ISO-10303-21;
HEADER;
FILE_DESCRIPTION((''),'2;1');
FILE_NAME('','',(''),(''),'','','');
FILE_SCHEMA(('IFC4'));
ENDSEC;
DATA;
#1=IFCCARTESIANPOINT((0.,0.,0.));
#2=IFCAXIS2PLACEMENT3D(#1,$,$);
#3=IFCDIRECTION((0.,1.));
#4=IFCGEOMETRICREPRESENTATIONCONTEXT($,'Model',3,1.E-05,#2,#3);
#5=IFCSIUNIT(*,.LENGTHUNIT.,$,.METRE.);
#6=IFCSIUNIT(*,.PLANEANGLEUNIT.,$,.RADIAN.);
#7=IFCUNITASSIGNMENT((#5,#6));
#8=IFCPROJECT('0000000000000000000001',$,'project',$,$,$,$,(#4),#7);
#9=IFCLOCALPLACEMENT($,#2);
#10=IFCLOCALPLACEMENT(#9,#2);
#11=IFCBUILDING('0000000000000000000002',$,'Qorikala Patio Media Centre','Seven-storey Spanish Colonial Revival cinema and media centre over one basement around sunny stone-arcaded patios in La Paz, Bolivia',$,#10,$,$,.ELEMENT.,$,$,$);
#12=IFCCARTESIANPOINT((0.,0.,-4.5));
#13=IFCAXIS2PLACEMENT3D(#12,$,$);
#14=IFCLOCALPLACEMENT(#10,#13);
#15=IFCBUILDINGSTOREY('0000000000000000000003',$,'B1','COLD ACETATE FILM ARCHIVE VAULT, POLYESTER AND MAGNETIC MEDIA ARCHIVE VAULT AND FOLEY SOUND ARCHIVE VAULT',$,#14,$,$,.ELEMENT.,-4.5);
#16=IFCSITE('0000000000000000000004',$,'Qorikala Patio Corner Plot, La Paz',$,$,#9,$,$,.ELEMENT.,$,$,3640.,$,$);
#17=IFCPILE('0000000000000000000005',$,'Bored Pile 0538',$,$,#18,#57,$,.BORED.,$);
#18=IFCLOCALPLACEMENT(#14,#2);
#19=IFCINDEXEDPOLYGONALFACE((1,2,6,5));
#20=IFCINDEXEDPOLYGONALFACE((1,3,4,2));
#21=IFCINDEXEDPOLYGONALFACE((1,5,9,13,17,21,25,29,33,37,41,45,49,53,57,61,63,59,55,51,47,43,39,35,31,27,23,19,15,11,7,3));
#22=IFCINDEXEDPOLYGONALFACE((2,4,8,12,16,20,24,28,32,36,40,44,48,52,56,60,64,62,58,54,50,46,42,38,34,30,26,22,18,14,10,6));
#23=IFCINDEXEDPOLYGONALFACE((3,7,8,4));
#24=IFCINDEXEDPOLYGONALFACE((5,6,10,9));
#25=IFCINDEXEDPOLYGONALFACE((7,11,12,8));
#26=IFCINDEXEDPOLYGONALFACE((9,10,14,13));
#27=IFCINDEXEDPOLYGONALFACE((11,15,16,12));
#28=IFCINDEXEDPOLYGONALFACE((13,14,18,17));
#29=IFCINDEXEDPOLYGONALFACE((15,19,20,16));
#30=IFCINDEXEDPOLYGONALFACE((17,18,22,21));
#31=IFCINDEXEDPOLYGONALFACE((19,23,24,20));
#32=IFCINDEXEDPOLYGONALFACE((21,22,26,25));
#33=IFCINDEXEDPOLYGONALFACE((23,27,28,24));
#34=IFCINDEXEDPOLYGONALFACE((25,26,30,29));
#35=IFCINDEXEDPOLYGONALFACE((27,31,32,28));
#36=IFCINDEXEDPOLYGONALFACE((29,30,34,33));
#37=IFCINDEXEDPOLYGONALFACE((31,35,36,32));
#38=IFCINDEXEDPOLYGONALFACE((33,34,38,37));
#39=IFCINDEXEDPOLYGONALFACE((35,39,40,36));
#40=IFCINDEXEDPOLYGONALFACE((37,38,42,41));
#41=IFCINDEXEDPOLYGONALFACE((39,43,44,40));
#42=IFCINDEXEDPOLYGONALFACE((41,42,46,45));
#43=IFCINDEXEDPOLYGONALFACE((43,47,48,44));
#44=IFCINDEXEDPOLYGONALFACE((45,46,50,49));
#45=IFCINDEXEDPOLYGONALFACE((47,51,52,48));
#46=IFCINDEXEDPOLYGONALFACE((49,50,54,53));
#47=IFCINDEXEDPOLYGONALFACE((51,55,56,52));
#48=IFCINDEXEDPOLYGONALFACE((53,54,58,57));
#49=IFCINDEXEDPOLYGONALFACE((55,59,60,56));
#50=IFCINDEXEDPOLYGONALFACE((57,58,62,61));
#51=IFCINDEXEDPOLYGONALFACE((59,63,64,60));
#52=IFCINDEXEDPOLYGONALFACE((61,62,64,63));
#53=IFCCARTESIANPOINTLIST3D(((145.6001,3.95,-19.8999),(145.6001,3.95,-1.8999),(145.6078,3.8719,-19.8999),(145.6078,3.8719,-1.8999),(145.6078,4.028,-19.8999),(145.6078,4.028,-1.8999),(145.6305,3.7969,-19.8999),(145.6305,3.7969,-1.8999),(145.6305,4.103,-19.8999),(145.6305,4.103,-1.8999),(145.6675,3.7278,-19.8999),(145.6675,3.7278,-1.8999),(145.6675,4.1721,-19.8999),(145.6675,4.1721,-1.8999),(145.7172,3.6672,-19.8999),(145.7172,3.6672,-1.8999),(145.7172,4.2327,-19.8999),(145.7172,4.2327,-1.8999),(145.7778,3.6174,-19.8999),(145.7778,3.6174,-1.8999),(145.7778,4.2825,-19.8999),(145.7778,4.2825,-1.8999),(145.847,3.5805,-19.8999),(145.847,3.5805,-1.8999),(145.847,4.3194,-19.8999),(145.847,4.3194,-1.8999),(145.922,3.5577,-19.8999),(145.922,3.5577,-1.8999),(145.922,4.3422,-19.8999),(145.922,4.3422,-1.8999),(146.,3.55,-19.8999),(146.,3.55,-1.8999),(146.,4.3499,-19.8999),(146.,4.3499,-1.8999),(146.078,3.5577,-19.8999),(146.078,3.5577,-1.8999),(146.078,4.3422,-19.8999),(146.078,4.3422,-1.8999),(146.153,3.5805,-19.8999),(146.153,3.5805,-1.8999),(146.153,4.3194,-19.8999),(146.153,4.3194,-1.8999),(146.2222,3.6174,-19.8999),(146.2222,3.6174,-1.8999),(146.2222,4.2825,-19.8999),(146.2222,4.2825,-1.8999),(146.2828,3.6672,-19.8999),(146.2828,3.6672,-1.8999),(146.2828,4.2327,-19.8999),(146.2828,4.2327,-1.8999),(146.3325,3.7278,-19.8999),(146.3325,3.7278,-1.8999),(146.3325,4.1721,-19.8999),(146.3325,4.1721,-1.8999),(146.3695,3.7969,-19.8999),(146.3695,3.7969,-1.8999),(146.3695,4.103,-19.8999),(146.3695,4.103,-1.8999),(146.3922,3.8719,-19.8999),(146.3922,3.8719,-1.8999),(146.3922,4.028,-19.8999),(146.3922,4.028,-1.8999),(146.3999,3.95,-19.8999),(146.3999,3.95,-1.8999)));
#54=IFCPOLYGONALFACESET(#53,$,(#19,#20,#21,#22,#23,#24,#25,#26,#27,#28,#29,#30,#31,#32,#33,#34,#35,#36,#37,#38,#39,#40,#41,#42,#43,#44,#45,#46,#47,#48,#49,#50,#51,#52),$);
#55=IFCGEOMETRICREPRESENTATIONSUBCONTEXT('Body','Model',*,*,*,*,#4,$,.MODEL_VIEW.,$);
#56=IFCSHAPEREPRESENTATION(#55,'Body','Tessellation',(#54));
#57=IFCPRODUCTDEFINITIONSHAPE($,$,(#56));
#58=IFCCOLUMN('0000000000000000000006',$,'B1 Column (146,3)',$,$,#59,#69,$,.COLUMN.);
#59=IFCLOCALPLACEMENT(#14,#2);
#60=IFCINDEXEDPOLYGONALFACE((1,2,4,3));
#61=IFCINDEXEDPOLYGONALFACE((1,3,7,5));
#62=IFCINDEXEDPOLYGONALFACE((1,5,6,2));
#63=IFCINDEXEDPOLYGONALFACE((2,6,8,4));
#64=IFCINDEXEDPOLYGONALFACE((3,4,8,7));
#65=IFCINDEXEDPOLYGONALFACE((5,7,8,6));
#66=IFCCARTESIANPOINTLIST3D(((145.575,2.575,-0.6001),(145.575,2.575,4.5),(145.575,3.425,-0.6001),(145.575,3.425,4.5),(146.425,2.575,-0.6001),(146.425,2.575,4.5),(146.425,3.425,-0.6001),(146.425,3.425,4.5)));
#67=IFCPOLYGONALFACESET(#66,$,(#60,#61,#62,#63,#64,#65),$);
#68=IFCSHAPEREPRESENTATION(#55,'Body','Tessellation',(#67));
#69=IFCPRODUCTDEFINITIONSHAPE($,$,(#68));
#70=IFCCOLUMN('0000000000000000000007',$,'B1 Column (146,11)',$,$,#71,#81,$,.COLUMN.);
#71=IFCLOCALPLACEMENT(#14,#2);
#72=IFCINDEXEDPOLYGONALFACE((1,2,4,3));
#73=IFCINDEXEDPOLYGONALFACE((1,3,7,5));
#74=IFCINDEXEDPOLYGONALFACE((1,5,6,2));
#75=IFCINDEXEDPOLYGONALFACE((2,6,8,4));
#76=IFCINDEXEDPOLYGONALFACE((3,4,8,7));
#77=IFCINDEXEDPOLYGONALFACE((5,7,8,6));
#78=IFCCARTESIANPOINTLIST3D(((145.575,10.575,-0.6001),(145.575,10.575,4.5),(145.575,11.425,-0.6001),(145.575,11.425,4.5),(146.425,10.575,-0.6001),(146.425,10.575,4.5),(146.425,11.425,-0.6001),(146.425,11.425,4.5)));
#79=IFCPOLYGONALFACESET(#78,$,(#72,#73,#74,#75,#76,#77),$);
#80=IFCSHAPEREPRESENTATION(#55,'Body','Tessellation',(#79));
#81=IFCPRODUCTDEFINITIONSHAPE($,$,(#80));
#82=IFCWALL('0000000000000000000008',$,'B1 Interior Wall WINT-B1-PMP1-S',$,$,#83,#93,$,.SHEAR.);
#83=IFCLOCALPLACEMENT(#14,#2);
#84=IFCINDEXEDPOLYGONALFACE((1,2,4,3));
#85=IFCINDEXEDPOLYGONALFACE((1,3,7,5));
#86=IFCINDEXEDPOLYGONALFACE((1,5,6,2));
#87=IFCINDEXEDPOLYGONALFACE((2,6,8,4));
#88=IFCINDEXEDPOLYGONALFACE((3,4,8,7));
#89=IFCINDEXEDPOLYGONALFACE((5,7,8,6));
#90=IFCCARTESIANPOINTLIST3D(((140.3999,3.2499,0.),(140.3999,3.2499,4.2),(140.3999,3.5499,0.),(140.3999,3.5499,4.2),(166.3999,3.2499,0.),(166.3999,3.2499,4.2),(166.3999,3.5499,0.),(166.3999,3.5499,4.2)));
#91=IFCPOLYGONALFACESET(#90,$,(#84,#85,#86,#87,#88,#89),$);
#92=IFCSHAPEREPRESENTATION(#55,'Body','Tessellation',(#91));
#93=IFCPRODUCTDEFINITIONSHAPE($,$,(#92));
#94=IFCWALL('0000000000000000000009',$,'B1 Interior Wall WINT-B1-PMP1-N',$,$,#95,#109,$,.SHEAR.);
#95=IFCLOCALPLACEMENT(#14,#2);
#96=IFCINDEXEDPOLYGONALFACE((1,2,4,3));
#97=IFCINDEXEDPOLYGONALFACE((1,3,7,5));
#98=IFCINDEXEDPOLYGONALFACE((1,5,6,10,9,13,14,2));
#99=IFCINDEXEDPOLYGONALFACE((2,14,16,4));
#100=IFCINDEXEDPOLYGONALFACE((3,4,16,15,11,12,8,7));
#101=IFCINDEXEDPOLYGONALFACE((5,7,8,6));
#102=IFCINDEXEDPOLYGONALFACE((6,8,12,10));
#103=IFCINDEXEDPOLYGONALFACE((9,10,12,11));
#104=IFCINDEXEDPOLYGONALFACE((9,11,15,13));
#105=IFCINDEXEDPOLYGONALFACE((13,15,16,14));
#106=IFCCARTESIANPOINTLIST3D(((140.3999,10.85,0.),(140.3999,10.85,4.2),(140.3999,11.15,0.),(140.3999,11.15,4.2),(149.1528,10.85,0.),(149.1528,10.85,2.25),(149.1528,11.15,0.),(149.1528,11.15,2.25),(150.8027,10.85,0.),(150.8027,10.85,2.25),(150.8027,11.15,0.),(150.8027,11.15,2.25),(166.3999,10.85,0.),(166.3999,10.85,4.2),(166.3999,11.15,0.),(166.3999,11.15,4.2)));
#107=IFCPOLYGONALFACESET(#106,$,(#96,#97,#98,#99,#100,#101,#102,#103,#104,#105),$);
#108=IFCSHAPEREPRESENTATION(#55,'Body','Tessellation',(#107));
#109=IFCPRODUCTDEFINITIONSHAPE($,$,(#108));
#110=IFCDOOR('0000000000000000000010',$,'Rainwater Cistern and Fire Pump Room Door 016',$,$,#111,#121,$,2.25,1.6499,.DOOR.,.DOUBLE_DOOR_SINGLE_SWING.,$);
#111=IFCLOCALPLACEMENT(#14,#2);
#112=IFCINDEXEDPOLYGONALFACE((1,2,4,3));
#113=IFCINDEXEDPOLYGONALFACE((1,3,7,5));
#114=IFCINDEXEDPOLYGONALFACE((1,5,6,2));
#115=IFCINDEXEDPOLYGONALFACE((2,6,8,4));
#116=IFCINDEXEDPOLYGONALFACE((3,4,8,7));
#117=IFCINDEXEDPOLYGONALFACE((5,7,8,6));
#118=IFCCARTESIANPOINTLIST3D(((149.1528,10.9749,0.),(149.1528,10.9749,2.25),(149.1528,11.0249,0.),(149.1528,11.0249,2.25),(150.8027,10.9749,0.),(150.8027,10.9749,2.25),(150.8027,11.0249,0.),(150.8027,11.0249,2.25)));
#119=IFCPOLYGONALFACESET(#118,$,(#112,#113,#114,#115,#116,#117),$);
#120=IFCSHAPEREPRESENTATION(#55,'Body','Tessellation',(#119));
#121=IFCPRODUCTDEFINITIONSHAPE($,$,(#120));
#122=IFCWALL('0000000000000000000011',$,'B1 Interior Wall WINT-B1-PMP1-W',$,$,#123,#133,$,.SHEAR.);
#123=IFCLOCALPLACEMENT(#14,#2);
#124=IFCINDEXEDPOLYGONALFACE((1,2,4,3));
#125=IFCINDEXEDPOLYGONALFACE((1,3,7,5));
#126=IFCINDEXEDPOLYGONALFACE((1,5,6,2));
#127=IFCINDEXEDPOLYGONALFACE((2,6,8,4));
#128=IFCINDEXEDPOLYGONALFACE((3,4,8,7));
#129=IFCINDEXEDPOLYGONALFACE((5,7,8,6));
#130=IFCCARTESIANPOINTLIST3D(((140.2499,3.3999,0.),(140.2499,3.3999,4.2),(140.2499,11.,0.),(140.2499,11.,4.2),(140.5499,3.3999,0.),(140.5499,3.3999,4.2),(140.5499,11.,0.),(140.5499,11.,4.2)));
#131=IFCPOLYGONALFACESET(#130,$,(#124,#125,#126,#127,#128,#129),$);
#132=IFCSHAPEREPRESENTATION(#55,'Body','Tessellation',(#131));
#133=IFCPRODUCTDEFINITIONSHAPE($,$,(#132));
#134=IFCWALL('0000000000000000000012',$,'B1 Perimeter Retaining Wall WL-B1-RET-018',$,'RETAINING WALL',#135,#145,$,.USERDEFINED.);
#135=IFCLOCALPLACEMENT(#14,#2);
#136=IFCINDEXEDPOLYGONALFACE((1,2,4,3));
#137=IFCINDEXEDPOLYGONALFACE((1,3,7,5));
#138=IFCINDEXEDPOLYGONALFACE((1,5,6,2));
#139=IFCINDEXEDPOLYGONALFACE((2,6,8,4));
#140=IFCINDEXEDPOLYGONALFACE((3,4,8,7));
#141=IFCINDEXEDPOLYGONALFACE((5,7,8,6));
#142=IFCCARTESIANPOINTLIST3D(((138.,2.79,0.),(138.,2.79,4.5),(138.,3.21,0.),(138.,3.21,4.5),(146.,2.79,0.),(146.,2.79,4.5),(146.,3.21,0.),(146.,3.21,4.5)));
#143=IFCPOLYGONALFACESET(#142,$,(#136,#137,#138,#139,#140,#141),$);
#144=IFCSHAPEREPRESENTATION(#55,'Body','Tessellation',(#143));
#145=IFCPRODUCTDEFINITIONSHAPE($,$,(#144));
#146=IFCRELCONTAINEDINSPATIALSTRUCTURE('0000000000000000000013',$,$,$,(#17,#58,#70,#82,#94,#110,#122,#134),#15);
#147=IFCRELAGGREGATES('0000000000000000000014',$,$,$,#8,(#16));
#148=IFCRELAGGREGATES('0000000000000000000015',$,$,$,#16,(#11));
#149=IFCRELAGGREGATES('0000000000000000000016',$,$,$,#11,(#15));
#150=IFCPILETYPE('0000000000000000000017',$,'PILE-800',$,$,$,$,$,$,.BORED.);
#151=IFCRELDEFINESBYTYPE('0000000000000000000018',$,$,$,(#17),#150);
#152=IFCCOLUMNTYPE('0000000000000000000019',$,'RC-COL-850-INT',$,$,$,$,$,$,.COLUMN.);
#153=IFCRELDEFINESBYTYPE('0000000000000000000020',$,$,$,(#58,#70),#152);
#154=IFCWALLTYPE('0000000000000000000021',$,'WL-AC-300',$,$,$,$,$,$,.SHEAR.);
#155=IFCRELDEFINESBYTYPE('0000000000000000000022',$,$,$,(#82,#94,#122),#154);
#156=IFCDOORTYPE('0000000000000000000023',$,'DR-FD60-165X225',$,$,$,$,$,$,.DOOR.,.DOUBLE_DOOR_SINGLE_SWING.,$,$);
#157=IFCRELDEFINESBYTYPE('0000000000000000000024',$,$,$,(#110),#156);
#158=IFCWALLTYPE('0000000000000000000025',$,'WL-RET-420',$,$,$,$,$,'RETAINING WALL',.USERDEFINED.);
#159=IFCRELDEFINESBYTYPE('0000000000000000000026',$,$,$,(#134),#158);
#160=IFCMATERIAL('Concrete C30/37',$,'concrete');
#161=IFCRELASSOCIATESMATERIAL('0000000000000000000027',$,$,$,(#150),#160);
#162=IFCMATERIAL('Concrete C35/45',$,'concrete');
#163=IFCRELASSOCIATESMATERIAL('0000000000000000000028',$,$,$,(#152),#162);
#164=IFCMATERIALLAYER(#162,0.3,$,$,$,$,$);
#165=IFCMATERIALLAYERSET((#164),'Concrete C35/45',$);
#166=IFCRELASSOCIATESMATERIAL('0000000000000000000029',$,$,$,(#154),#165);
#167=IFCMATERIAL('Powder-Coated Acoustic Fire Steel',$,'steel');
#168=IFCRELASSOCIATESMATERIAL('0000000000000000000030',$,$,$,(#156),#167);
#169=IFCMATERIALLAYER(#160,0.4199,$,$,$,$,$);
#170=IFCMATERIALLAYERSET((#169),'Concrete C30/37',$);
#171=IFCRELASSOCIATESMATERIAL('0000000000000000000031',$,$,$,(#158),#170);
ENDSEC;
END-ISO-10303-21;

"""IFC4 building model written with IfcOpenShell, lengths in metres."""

from ifc_helpers import new_model, si_unit, direction, frame, frame_2d, origin, origin_2d, place, context, subcontext, project, spatial, rectangle, circle, extrude, material, layer, layer_set, material_profile, profile_set, type_object, element, fill, save


model = new_model("IFC4")

# Units and contexts
model_context = context("Model", 3, precision=1e-05, world=origin(), true_north=direction((0.0, 1.0)))
body_context = subcontext(model_context, "Body", "Model", "MODEL_VIEW")
ifc_project = project(units=[si_unit("LENGTHUNIT", "METRE"), si_unit("PLANEANGLEUNIT", "RADIAN")], contexts=[model_context])

# Site, building, storey
site_placement = place(None, origin())
site = spatial("IfcSite", under=ifc_project, at=site_placement, Name="Qorikala Patio Corner Plot, La Paz", CompositionType="ELEMENT", RefElevation=3640.0)
building_placement = place(site_placement, origin())
building = spatial("IfcBuilding", under=site, at=building_placement, Name="Qorikala Patio Media Centre", Description="Seven-storey Spanish Colonial Revival cinema and media centre over one basement around sunny stone-arcaded patios in La Paz, Bolivia", CompositionType="ELEMENT")
storey_placement = place(building_placement, frame((0.0, 0.0, -4.5)))
storey = spatial("IfcBuildingStorey", under=building, at=storey_placement, Name="B1", Description="COLD ACETATE FILM ARCHIVE VAULT, POLYESTER AND MAGNETIC MEDIA ARCHIVE VAULT AND FOLEY SOUND ARCHIVE VAULT", CompositionType="ELEMENT", Elevation=-4.5)

# Shared definitions
ifc_material_1 = material(Name="Concrete C30/37", Category="concrete")

# Pile
ifc_material_profile_1 = material_profile(ifc_material_1, circle(Radius=0.3999, at=origin_2d()), Name="BORED PILE 800")
ifc_profile_set_1 = profile_set([ifc_material_profile_1], Name="Concrete C30/37")
pile_type_1 = type_object("IfcPileType", Name="PILE-800", PredefinedType="BORED", material=ifc_profile_set_1)
for number, where, z_axis, x_axis, name in (
    (1, (146.0, 3.95, -1.8999), (0.0, 0.0, -1.0), (1.0, 0.0, 0.0), "Bored Pile 0538"),
):
    element("IfcPile", number, at=place(storey_placement, frame(where, z_axis=z_axis, x_axis=x_axis)), inside=storey, type_object=pile_type_1, Name=name, PredefinedType="BORED", context=body_context, shape_type="SweptSolid", body=[
        extrude(circle(Radius=0.3999, at=origin_2d()), origin(), (0.0, 0.0, 1.0), 18.0),
    ])

# Columns
ifc_material_2 = material(Name="Concrete C35/45", Category="concrete")
ifc_material_profile_2 = material_profile(ifc_material_2, rectangle(XDim=0.8501, YDim=0.8501, at=origin_2d()), Name="RC 850x850")
ifc_profile_set_2 = profile_set([ifc_material_profile_2], Name="Concrete C35/45")
column_type = type_object("IfcColumnType", Name="RC-COL-850-INT", PredefinedType="COLUMN", material=ifc_profile_set_2)
for number, where, z_axis, x_axis, name in (
    (2, (146.0, 3.0, -0.6001), (0.0, 0.0, 1.0), (1.0, 0.0, 0.0), "B1 Column (146,3)"),
    (3, (146.0, 11.0, -0.6001), (0.0, 0.0, 1.0), (1.0, 0.0, 0.0), "B1 Column (146,11)"),
):
    element("IfcColumn", number, at=place(storey_placement, frame(where, z_axis=z_axis, x_axis=x_axis)), inside=storey, type_object=column_type, Name=name, PredefinedType="COLUMN", context=body_context, shape_type="SweptSolid", body=[
        extrude(rectangle(XDim=0.8501, YDim=0.8501, at=origin_2d()), origin(), (0.0, 0.0, 1.0), 5.1001),
    ])

# Wall
ifc_layer_1 = layer(ifc_material_2, 0.3)
ifc_layer_set_1 = layer_set([ifc_layer_1], Name="Concrete C35/45")
wall_type_1 = type_object("IfcWallType", Name="WL-AC-300", PredefinedType="SHEAR", material=ifc_layer_set_1)
wall_1_placement = place(storey_placement, frame((140.3999, 3.3999, 0.0), z_axis=(0.0, 0.0, 1.0), x_axis=(1.0, 0.0, 0.0)))
element("IfcWall", 4, at=wall_1_placement, inside=storey, type_object=wall_type_1, Name="B1 Interior Wall WINT-B1-PMP1-S", PredefinedType="SHEAR", context=body_context, shape_type="SweptSolid", body=[
    extrude(rectangle(XDim=26.0, YDim=0.3, at=frame_2d((13.0, 0.0))), origin(), (0.0, 0.0, 1.0), 4.2),
])

# Wall, opening, door
wall_2_placement = place(storey_placement, frame((140.3999, 11.0, 0.0), z_axis=(0.0, 0.0, 1.0), x_axis=(1.0, 0.0, 0.0)))
wall_2 = element("IfcWall", 5, at=wall_2_placement, inside=storey, type_object=wall_type_1, Name="B1 Interior Wall WINT-B1-PMP1-N", PredefinedType="SHEAR", context=body_context, shape_type="SweptSolid", body=[
    extrude(rectangle(XDim=26.0, YDim=0.3, at=frame_2d((13.0, 0.0))), origin(), (0.0, 0.0, 1.0), 4.2),
])
opening_placement = place(wall_2_placement, frame((8.7529, 0.0, 0.0)))
opening = element("IfcOpeningElement", 6, at=opening_placement, cuts=wall_2, PredefinedType="OPENING", context=body_context, shape_type="SweptSolid", body=[
    extrude(rectangle(XDim=1.6499, YDim=2.25, at=frame_2d((0.825, 1.125))), frame((0.0, 0.1599, 0.0), z_axis=(0.0, -1.0, 0.0), x_axis=(1.0, 0.0, 0.0)), (0.0, 0.0, 1.0), 0.3201),
])
ifc_material_3 = material(Name="Powder-Coated Acoustic Fire Steel", Category="steel")
door_type = type_object("IfcDoorType", Name="DR-FD60-165X225", OperationType="DOUBLE_DOOR_SINGLE_SWING", PredefinedType="DOOR", material=ifc_material_3)
door_placement = place(opening_placement, origin())
door = element("IfcDoor", 7, at=door_placement, inside=storey, type_object=door_type, Name="Rainwater Cistern and Fire Pump Room Door 016", OperationType="DOUBLE_DOOR_SINGLE_SWING", OverallHeight=2.25, OverallWidth=1.6499, PredefinedType="DOOR", context=body_context, shape_type="SweptSolid", body=[
    extrude(rectangle(XDim=1.6499, YDim=2.25, at=frame_2d((0.825, 1.125))), frame((0.0, 0.0249, 0.0), z_axis=(0.0, -1.0, 0.0), x_axis=(1.0, 0.0, 0.0)), (0.0, 0.0, 1.0), 0.05),
])
fill(opening, door)

# Walls
wall_3_placement = place(storey_placement, frame((140.3999, 3.3999, 0.0), z_axis=(0.0, 0.0, 1.0), x_axis=(0.0, 1.0, 0.0)))
element("IfcWall", 8, at=wall_3_placement, inside=storey, type_object=wall_type_1, Name="B1 Interior Wall WINT-B1-PMP1-W", PredefinedType="SHEAR", context=body_context, shape_type="SweptSolid", body=[
    extrude(rectangle(XDim=7.6001, YDim=0.3, at=frame_2d((3.8, 0.0))), origin(), (0.0, 0.0, 1.0), 4.2),
])
ifc_layer_2 = layer(ifc_material_1, 0.4199)
ifc_layer_set_2 = layer_set([ifc_layer_2], Name="Concrete C30/37")
wall_type_2 = type_object("IfcWallType", Name="WL-RET-420", ElementType="RETAINING WALL", PredefinedType="USERDEFINED", material=ifc_layer_set_2)
wall_4_placement = place(storey_placement, frame((146.0, 3.0, 0.0), z_axis=(0.0, 0.0, 1.0), x_axis=(-1.0, 0.0, 0.0)))
element("IfcWall", 9, at=wall_4_placement, inside=storey, type_object=wall_type_2, Name="B1 Perimeter Retaining Wall WL-B1-RET-018", ObjectType="RETAINING WALL", PredefinedType="USERDEFINED", context=body_context, shape_type="SweptSolid", body=[
    extrude(rectangle(XDim=8.0, YDim=0.4199, at=frame_2d((4.0, 0.0))), origin(), (0.0, 0.0, 1.0), 4.5),
])

save(model, "model.ifc")
